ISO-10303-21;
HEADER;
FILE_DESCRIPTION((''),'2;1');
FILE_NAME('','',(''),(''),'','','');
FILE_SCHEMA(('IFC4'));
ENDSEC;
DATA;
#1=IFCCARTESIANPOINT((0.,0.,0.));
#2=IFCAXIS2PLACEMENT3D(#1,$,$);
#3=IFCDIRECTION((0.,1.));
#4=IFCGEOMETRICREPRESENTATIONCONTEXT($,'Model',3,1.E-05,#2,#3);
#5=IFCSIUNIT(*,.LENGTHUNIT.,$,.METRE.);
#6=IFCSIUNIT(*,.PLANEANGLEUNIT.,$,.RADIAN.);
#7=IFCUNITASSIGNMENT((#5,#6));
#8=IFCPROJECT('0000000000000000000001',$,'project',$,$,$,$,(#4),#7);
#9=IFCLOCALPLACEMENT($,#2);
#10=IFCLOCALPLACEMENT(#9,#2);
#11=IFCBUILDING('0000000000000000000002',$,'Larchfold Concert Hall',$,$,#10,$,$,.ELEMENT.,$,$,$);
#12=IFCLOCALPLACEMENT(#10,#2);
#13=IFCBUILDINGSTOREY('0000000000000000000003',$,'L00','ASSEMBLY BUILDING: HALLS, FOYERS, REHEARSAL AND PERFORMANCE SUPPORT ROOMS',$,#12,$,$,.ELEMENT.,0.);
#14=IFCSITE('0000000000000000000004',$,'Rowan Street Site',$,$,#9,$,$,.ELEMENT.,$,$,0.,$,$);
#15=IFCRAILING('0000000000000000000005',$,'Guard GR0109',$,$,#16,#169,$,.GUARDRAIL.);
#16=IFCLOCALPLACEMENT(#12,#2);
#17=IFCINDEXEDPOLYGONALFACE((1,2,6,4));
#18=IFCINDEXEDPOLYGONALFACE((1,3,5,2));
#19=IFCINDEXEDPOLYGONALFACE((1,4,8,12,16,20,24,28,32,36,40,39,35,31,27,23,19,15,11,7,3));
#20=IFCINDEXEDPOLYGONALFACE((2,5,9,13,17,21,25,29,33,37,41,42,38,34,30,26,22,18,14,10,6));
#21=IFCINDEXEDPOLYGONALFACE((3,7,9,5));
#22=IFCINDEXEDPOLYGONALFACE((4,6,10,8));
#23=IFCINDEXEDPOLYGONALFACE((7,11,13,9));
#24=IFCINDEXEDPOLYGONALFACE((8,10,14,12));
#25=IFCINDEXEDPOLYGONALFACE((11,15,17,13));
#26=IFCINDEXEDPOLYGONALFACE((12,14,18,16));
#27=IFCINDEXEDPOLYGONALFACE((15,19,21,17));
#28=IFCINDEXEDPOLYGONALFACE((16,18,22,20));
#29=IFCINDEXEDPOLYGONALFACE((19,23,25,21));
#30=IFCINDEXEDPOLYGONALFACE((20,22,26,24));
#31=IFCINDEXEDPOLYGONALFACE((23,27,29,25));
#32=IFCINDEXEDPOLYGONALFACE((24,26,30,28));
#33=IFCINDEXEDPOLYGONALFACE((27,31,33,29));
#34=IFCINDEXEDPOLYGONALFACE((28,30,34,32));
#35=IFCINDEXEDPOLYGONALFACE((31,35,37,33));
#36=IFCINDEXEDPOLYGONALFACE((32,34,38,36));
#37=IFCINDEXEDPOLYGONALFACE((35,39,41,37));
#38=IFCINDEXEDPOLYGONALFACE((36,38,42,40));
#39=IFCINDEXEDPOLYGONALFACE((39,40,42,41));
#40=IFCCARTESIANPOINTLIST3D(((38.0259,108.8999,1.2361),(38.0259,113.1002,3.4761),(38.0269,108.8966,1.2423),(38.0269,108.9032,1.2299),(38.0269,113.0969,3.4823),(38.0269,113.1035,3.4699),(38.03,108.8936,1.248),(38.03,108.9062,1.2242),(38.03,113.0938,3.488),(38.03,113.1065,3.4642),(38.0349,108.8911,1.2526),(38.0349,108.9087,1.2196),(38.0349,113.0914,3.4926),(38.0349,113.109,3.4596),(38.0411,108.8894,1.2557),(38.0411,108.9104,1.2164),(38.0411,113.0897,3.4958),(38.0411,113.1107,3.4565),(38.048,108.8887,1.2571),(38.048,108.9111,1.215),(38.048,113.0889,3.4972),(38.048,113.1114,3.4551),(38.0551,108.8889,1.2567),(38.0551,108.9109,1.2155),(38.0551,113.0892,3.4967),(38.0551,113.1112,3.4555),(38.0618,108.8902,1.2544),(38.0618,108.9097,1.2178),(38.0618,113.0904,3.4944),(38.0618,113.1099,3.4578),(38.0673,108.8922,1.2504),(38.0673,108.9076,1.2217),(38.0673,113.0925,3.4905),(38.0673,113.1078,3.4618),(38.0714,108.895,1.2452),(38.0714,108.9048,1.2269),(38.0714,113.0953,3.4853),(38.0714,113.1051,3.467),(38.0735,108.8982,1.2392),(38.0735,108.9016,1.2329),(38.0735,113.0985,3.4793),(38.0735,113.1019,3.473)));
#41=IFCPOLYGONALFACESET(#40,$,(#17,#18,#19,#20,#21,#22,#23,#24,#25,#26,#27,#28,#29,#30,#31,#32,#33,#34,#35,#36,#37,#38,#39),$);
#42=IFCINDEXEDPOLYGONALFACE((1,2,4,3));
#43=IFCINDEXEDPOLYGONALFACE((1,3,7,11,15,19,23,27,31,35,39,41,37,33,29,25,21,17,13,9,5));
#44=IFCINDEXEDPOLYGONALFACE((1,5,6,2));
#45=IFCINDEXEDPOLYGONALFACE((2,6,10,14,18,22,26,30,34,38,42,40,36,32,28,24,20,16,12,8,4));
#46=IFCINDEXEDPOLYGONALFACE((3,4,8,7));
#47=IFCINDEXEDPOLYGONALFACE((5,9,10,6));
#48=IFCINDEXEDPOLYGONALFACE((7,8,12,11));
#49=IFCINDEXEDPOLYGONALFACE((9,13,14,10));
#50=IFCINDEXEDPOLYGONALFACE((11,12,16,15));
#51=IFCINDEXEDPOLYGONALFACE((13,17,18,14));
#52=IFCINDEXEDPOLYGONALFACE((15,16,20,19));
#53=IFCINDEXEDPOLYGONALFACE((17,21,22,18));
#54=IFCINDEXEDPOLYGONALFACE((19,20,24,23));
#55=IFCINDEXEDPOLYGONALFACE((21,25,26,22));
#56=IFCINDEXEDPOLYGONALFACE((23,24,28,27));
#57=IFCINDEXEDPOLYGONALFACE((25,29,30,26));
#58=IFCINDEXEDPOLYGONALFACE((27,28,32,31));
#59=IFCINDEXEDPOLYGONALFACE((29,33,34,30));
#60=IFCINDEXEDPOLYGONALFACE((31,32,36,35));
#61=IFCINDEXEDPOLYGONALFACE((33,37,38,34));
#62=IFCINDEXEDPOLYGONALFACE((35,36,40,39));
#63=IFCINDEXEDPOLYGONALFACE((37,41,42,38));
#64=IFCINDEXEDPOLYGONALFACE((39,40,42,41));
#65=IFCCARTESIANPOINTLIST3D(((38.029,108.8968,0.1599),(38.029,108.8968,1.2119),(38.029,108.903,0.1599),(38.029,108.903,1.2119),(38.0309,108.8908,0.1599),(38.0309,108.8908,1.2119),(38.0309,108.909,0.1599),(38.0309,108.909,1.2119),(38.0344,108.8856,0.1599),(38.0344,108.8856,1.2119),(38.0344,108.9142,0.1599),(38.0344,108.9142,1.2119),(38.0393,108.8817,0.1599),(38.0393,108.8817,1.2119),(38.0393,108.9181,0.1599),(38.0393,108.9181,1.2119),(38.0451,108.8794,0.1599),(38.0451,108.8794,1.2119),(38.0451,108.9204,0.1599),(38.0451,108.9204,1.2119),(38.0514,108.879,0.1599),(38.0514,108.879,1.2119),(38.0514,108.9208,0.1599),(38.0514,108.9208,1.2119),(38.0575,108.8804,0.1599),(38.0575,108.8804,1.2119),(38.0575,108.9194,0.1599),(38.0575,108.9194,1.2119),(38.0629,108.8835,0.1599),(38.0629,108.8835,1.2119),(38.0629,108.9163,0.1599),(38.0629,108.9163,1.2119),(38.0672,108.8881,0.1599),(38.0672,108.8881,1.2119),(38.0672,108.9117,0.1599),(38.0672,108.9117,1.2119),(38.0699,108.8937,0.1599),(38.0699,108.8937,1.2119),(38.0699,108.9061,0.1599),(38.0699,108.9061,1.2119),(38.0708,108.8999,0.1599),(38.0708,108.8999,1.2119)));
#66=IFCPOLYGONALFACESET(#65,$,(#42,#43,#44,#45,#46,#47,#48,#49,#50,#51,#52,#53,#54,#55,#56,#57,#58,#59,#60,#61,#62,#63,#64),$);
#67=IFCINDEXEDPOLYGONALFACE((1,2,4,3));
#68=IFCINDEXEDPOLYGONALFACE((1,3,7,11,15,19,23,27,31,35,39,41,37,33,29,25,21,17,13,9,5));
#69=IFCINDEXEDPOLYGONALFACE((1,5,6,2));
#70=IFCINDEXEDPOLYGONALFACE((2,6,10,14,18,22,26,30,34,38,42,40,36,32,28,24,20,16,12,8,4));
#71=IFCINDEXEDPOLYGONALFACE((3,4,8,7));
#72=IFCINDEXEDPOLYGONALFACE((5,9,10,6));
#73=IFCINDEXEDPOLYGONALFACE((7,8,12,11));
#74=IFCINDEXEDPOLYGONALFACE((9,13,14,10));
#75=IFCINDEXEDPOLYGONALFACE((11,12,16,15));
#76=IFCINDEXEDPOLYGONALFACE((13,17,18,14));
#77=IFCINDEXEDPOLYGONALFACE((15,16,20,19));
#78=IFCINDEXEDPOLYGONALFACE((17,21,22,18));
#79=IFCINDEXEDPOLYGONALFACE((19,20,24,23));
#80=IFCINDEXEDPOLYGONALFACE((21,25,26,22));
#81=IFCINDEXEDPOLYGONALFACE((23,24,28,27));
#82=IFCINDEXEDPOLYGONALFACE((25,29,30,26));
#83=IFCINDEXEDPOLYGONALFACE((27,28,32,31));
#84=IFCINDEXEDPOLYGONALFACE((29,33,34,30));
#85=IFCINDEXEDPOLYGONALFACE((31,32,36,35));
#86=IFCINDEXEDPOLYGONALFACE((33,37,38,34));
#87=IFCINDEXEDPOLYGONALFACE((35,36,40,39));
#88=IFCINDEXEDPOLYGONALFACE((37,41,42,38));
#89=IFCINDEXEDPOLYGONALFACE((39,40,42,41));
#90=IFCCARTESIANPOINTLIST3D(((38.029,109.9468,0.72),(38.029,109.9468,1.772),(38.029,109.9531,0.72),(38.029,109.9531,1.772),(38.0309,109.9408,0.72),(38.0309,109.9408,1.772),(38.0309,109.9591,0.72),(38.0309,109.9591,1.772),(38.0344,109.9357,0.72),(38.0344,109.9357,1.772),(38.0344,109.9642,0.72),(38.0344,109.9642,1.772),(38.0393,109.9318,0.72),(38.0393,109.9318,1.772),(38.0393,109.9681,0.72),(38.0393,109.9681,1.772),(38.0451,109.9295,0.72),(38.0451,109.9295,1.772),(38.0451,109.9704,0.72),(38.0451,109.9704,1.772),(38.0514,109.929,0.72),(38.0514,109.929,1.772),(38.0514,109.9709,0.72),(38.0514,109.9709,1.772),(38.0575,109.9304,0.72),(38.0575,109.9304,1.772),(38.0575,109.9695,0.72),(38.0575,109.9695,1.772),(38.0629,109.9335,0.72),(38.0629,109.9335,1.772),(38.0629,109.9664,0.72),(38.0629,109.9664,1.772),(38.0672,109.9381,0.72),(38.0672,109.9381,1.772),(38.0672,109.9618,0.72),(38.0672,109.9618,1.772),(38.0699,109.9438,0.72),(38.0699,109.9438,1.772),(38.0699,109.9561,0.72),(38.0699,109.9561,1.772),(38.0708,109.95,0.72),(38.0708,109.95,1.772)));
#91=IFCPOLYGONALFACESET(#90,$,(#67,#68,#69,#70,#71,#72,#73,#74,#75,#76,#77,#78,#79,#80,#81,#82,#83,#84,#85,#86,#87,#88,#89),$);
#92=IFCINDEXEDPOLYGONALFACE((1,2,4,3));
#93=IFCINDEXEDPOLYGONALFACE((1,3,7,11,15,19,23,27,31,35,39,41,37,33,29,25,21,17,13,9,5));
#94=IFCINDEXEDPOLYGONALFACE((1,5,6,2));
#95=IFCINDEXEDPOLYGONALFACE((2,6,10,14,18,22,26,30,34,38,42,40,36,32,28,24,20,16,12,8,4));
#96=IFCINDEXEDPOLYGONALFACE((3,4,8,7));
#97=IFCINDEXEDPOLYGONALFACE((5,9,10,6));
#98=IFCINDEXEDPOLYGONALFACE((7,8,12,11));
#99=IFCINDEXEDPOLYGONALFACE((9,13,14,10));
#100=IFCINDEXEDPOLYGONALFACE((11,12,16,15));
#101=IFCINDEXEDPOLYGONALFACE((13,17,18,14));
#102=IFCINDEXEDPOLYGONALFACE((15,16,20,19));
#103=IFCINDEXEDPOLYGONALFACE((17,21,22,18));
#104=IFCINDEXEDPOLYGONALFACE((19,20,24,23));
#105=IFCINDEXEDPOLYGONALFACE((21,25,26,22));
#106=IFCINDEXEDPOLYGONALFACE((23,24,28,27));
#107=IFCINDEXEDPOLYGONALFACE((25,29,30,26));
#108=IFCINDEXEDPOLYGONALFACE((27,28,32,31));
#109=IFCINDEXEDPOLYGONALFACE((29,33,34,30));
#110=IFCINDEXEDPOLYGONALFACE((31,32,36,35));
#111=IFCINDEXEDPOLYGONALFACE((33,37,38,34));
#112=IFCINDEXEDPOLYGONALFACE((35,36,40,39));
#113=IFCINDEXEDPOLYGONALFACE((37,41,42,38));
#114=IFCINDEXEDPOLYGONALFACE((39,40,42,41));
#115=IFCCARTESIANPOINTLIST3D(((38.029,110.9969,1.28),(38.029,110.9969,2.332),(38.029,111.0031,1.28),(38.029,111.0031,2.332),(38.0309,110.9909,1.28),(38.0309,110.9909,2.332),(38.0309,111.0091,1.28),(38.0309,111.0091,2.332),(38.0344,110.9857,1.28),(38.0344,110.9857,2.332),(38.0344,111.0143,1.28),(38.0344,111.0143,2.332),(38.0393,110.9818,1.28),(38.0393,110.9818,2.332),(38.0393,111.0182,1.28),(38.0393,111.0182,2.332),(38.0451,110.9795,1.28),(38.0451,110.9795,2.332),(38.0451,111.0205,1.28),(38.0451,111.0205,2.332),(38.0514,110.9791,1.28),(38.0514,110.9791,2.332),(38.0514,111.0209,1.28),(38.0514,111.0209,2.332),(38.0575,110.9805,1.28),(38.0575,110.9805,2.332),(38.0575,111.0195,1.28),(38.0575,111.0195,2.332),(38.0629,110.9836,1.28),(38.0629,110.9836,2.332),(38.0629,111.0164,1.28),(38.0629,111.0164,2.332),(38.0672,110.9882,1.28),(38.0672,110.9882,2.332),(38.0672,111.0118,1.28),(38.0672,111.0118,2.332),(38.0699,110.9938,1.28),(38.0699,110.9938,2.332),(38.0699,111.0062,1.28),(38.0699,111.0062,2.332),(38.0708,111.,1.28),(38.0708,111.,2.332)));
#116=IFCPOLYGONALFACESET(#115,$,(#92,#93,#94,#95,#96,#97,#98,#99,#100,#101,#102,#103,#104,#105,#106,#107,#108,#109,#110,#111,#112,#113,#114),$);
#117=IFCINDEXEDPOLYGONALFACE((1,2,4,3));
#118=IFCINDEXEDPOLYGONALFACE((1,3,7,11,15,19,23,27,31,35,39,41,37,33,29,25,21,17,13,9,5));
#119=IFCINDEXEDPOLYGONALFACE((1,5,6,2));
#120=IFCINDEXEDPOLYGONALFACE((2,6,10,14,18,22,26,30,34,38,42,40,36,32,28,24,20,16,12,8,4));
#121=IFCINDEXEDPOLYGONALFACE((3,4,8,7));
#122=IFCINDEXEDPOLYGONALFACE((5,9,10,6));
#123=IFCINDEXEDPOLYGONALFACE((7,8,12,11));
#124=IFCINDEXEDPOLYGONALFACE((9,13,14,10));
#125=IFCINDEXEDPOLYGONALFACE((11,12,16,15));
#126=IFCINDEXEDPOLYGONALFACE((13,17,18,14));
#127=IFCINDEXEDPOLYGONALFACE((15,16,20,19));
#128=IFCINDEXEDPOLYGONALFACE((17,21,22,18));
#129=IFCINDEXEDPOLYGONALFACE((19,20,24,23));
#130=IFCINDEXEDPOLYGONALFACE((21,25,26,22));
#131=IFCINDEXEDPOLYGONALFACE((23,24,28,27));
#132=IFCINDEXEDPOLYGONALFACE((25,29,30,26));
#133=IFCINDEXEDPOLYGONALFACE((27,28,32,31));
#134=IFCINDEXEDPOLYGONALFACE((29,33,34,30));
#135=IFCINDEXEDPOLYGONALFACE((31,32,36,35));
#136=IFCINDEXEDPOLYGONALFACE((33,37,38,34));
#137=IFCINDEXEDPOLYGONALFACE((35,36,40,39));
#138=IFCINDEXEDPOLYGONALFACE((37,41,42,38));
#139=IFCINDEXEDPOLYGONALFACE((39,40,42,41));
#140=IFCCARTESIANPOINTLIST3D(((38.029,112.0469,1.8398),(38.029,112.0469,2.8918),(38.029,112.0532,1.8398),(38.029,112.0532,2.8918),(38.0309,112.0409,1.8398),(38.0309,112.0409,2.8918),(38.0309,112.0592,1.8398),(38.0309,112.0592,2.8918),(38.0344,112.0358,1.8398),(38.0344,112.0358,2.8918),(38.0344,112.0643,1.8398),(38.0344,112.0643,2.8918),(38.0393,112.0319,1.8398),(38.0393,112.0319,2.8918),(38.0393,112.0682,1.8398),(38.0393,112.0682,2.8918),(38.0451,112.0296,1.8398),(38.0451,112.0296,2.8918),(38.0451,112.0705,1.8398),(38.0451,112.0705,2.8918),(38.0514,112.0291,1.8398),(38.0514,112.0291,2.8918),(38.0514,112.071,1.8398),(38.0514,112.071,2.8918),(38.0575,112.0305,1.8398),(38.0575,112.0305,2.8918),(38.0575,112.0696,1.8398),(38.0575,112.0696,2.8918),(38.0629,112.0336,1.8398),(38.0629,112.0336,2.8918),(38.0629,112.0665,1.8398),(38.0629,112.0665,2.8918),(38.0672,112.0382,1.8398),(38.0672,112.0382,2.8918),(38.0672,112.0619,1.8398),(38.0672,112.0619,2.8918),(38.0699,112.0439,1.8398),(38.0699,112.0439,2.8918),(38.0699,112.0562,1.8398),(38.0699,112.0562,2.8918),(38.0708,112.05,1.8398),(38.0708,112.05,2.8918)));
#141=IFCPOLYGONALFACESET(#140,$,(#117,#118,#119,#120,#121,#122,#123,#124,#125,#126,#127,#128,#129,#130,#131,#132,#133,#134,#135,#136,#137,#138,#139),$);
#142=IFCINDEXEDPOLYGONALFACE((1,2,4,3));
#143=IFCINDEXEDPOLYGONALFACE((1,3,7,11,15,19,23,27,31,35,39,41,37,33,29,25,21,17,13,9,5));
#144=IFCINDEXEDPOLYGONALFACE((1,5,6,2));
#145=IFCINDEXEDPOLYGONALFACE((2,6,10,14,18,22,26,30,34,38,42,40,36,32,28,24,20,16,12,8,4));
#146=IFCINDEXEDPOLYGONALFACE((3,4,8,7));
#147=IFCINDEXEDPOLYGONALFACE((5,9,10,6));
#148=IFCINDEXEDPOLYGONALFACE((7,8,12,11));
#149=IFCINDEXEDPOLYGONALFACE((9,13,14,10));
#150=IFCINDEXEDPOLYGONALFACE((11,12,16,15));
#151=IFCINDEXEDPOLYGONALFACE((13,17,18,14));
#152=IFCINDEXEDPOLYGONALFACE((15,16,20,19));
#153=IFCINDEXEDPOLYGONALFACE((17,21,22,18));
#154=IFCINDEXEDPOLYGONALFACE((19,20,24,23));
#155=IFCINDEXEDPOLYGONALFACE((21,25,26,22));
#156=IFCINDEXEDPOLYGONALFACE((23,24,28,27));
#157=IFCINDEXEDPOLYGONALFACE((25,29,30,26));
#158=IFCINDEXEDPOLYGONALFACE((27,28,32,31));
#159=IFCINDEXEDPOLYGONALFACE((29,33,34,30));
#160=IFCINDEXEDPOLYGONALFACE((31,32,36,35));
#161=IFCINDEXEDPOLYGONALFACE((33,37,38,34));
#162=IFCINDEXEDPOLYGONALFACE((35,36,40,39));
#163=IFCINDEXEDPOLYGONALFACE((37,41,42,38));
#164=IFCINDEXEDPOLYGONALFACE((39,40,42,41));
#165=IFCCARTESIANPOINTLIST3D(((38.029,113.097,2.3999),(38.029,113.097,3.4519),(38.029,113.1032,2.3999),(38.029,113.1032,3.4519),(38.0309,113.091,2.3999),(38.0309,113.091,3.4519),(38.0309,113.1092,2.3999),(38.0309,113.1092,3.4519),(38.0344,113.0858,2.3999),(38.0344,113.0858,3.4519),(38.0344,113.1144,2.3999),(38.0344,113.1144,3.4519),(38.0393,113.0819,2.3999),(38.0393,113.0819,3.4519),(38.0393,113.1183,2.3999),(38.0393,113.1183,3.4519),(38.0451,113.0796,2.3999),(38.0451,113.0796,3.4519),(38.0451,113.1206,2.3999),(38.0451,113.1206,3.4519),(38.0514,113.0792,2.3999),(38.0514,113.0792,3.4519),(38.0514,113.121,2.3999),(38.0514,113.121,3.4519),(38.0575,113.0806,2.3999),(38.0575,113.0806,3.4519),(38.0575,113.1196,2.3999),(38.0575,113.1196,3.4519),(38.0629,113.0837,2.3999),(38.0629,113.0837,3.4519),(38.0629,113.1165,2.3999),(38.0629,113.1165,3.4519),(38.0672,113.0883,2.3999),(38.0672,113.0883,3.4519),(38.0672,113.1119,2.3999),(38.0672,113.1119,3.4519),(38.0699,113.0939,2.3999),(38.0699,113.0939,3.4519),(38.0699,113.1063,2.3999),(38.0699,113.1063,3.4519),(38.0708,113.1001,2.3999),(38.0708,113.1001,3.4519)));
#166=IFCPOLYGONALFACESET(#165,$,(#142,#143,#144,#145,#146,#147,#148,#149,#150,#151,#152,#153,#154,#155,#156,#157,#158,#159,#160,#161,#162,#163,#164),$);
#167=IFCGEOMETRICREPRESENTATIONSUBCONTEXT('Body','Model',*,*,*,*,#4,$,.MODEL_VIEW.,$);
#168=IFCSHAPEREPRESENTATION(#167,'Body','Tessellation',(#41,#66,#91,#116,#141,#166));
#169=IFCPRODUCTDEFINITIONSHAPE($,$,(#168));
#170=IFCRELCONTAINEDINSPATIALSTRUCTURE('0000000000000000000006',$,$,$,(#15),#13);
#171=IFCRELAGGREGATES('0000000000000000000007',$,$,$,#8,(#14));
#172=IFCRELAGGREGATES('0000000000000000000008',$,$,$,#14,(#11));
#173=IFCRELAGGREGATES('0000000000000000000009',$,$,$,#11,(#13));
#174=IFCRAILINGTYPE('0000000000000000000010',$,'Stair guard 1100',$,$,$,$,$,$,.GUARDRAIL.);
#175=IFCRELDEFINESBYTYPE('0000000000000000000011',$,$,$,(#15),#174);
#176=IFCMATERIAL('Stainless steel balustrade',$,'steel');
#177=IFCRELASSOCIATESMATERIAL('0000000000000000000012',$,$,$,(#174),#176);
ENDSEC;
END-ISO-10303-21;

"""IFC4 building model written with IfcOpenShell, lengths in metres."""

from ifc_helpers import new_model, si_unit, direction, frame, origin, origin_2d, place, context, subcontext, project, spatial, circle, extrude, material, type_object, element, save


model = new_model("IFC4")

# Units and contexts
model_context = context("Model", 3, precision=1e-05, world=origin(), true_north=direction((0.0, 1.0)))
body_context = subcontext(model_context, "Body", "Model", "MODEL_VIEW")
ifc_project = project(units=[si_unit("LENGTHUNIT", "METRE"), si_unit("PLANEANGLEUNIT", "RADIAN")], contexts=[model_context])

# Site, building, storey
site_placement = place(None, origin())
site = spatial("IfcSite", under=ifc_project, at=site_placement, Name="Rowan Street Site", CompositionType="ELEMENT", RefElevation=0.0)
building_placement = place(site_placement, origin())
building = spatial("IfcBuilding", under=site, at=building_placement, Name="Larchfold Concert Hall", CompositionType="ELEMENT")
storey_placement = place(building_placement, origin())
storey = spatial("IfcBuildingStorey", under=building, at=storey_placement, Name="L00", Description="ASSEMBLY BUILDING: HALLS, FOYERS, REHEARSAL AND PERFORMANCE SUPPORT ROOMS", CompositionType="ELEMENT", Elevation=0.0)

# Railing
ifc_material_1 = material(Name="Stainless steel balustrade", Category="steel")
railing_type_1 = type_object("IfcRailingType", Name="Stair guard 1100", PredefinedType="GUARDRAIL", material=ifc_material_1)
railing_1_placement = place(storey_placement, frame((38.0498, 108.8999, 0.1599)))
element("IfcRailing", 1, at=railing_1_placement, inside=storey, type_object=railing_type_1, Name="Guard GR0109", PredefinedType="GUARDRAIL", context=body_context, shape_type="SweptSolid", body=[
    extrude(circle(Radius=0.0239, at=origin_2d()), frame((0.0, 0.0, 1.0762), z_axis=(0.0, 0.882363, 0.47057), x_axis=(-1.0, 0.0, 0.0)), (0.0, 0.0, 1.0), 4.7603),
    extrude(circle(Radius=0.021, at=origin_2d()), origin(), (0.0, 0.0, 1.0), 1.052),
    extrude(circle(Radius=0.021, at=origin_2d()), frame((0.0, 1.05, 0.5601)), (0.0, 0.0, 1.0), 1.052),
    extrude(circle(Radius=0.021, at=origin_2d()), frame((0.0, 2.1001, 1.1201)), (0.0, 0.0, 1.0), 1.052),
    extrude(circle(Radius=0.021, at=origin_2d()), frame((0.0, 3.1501, 1.6799)), (0.0, 0.0, 1.0), 1.052),
    extrude(circle(Radius=0.021, at=origin_2d()), frame((0.0, 4.2002, 2.24)), (0.0, 0.0, 1.0), 1.052),
])

save(model, "model.ifc")
